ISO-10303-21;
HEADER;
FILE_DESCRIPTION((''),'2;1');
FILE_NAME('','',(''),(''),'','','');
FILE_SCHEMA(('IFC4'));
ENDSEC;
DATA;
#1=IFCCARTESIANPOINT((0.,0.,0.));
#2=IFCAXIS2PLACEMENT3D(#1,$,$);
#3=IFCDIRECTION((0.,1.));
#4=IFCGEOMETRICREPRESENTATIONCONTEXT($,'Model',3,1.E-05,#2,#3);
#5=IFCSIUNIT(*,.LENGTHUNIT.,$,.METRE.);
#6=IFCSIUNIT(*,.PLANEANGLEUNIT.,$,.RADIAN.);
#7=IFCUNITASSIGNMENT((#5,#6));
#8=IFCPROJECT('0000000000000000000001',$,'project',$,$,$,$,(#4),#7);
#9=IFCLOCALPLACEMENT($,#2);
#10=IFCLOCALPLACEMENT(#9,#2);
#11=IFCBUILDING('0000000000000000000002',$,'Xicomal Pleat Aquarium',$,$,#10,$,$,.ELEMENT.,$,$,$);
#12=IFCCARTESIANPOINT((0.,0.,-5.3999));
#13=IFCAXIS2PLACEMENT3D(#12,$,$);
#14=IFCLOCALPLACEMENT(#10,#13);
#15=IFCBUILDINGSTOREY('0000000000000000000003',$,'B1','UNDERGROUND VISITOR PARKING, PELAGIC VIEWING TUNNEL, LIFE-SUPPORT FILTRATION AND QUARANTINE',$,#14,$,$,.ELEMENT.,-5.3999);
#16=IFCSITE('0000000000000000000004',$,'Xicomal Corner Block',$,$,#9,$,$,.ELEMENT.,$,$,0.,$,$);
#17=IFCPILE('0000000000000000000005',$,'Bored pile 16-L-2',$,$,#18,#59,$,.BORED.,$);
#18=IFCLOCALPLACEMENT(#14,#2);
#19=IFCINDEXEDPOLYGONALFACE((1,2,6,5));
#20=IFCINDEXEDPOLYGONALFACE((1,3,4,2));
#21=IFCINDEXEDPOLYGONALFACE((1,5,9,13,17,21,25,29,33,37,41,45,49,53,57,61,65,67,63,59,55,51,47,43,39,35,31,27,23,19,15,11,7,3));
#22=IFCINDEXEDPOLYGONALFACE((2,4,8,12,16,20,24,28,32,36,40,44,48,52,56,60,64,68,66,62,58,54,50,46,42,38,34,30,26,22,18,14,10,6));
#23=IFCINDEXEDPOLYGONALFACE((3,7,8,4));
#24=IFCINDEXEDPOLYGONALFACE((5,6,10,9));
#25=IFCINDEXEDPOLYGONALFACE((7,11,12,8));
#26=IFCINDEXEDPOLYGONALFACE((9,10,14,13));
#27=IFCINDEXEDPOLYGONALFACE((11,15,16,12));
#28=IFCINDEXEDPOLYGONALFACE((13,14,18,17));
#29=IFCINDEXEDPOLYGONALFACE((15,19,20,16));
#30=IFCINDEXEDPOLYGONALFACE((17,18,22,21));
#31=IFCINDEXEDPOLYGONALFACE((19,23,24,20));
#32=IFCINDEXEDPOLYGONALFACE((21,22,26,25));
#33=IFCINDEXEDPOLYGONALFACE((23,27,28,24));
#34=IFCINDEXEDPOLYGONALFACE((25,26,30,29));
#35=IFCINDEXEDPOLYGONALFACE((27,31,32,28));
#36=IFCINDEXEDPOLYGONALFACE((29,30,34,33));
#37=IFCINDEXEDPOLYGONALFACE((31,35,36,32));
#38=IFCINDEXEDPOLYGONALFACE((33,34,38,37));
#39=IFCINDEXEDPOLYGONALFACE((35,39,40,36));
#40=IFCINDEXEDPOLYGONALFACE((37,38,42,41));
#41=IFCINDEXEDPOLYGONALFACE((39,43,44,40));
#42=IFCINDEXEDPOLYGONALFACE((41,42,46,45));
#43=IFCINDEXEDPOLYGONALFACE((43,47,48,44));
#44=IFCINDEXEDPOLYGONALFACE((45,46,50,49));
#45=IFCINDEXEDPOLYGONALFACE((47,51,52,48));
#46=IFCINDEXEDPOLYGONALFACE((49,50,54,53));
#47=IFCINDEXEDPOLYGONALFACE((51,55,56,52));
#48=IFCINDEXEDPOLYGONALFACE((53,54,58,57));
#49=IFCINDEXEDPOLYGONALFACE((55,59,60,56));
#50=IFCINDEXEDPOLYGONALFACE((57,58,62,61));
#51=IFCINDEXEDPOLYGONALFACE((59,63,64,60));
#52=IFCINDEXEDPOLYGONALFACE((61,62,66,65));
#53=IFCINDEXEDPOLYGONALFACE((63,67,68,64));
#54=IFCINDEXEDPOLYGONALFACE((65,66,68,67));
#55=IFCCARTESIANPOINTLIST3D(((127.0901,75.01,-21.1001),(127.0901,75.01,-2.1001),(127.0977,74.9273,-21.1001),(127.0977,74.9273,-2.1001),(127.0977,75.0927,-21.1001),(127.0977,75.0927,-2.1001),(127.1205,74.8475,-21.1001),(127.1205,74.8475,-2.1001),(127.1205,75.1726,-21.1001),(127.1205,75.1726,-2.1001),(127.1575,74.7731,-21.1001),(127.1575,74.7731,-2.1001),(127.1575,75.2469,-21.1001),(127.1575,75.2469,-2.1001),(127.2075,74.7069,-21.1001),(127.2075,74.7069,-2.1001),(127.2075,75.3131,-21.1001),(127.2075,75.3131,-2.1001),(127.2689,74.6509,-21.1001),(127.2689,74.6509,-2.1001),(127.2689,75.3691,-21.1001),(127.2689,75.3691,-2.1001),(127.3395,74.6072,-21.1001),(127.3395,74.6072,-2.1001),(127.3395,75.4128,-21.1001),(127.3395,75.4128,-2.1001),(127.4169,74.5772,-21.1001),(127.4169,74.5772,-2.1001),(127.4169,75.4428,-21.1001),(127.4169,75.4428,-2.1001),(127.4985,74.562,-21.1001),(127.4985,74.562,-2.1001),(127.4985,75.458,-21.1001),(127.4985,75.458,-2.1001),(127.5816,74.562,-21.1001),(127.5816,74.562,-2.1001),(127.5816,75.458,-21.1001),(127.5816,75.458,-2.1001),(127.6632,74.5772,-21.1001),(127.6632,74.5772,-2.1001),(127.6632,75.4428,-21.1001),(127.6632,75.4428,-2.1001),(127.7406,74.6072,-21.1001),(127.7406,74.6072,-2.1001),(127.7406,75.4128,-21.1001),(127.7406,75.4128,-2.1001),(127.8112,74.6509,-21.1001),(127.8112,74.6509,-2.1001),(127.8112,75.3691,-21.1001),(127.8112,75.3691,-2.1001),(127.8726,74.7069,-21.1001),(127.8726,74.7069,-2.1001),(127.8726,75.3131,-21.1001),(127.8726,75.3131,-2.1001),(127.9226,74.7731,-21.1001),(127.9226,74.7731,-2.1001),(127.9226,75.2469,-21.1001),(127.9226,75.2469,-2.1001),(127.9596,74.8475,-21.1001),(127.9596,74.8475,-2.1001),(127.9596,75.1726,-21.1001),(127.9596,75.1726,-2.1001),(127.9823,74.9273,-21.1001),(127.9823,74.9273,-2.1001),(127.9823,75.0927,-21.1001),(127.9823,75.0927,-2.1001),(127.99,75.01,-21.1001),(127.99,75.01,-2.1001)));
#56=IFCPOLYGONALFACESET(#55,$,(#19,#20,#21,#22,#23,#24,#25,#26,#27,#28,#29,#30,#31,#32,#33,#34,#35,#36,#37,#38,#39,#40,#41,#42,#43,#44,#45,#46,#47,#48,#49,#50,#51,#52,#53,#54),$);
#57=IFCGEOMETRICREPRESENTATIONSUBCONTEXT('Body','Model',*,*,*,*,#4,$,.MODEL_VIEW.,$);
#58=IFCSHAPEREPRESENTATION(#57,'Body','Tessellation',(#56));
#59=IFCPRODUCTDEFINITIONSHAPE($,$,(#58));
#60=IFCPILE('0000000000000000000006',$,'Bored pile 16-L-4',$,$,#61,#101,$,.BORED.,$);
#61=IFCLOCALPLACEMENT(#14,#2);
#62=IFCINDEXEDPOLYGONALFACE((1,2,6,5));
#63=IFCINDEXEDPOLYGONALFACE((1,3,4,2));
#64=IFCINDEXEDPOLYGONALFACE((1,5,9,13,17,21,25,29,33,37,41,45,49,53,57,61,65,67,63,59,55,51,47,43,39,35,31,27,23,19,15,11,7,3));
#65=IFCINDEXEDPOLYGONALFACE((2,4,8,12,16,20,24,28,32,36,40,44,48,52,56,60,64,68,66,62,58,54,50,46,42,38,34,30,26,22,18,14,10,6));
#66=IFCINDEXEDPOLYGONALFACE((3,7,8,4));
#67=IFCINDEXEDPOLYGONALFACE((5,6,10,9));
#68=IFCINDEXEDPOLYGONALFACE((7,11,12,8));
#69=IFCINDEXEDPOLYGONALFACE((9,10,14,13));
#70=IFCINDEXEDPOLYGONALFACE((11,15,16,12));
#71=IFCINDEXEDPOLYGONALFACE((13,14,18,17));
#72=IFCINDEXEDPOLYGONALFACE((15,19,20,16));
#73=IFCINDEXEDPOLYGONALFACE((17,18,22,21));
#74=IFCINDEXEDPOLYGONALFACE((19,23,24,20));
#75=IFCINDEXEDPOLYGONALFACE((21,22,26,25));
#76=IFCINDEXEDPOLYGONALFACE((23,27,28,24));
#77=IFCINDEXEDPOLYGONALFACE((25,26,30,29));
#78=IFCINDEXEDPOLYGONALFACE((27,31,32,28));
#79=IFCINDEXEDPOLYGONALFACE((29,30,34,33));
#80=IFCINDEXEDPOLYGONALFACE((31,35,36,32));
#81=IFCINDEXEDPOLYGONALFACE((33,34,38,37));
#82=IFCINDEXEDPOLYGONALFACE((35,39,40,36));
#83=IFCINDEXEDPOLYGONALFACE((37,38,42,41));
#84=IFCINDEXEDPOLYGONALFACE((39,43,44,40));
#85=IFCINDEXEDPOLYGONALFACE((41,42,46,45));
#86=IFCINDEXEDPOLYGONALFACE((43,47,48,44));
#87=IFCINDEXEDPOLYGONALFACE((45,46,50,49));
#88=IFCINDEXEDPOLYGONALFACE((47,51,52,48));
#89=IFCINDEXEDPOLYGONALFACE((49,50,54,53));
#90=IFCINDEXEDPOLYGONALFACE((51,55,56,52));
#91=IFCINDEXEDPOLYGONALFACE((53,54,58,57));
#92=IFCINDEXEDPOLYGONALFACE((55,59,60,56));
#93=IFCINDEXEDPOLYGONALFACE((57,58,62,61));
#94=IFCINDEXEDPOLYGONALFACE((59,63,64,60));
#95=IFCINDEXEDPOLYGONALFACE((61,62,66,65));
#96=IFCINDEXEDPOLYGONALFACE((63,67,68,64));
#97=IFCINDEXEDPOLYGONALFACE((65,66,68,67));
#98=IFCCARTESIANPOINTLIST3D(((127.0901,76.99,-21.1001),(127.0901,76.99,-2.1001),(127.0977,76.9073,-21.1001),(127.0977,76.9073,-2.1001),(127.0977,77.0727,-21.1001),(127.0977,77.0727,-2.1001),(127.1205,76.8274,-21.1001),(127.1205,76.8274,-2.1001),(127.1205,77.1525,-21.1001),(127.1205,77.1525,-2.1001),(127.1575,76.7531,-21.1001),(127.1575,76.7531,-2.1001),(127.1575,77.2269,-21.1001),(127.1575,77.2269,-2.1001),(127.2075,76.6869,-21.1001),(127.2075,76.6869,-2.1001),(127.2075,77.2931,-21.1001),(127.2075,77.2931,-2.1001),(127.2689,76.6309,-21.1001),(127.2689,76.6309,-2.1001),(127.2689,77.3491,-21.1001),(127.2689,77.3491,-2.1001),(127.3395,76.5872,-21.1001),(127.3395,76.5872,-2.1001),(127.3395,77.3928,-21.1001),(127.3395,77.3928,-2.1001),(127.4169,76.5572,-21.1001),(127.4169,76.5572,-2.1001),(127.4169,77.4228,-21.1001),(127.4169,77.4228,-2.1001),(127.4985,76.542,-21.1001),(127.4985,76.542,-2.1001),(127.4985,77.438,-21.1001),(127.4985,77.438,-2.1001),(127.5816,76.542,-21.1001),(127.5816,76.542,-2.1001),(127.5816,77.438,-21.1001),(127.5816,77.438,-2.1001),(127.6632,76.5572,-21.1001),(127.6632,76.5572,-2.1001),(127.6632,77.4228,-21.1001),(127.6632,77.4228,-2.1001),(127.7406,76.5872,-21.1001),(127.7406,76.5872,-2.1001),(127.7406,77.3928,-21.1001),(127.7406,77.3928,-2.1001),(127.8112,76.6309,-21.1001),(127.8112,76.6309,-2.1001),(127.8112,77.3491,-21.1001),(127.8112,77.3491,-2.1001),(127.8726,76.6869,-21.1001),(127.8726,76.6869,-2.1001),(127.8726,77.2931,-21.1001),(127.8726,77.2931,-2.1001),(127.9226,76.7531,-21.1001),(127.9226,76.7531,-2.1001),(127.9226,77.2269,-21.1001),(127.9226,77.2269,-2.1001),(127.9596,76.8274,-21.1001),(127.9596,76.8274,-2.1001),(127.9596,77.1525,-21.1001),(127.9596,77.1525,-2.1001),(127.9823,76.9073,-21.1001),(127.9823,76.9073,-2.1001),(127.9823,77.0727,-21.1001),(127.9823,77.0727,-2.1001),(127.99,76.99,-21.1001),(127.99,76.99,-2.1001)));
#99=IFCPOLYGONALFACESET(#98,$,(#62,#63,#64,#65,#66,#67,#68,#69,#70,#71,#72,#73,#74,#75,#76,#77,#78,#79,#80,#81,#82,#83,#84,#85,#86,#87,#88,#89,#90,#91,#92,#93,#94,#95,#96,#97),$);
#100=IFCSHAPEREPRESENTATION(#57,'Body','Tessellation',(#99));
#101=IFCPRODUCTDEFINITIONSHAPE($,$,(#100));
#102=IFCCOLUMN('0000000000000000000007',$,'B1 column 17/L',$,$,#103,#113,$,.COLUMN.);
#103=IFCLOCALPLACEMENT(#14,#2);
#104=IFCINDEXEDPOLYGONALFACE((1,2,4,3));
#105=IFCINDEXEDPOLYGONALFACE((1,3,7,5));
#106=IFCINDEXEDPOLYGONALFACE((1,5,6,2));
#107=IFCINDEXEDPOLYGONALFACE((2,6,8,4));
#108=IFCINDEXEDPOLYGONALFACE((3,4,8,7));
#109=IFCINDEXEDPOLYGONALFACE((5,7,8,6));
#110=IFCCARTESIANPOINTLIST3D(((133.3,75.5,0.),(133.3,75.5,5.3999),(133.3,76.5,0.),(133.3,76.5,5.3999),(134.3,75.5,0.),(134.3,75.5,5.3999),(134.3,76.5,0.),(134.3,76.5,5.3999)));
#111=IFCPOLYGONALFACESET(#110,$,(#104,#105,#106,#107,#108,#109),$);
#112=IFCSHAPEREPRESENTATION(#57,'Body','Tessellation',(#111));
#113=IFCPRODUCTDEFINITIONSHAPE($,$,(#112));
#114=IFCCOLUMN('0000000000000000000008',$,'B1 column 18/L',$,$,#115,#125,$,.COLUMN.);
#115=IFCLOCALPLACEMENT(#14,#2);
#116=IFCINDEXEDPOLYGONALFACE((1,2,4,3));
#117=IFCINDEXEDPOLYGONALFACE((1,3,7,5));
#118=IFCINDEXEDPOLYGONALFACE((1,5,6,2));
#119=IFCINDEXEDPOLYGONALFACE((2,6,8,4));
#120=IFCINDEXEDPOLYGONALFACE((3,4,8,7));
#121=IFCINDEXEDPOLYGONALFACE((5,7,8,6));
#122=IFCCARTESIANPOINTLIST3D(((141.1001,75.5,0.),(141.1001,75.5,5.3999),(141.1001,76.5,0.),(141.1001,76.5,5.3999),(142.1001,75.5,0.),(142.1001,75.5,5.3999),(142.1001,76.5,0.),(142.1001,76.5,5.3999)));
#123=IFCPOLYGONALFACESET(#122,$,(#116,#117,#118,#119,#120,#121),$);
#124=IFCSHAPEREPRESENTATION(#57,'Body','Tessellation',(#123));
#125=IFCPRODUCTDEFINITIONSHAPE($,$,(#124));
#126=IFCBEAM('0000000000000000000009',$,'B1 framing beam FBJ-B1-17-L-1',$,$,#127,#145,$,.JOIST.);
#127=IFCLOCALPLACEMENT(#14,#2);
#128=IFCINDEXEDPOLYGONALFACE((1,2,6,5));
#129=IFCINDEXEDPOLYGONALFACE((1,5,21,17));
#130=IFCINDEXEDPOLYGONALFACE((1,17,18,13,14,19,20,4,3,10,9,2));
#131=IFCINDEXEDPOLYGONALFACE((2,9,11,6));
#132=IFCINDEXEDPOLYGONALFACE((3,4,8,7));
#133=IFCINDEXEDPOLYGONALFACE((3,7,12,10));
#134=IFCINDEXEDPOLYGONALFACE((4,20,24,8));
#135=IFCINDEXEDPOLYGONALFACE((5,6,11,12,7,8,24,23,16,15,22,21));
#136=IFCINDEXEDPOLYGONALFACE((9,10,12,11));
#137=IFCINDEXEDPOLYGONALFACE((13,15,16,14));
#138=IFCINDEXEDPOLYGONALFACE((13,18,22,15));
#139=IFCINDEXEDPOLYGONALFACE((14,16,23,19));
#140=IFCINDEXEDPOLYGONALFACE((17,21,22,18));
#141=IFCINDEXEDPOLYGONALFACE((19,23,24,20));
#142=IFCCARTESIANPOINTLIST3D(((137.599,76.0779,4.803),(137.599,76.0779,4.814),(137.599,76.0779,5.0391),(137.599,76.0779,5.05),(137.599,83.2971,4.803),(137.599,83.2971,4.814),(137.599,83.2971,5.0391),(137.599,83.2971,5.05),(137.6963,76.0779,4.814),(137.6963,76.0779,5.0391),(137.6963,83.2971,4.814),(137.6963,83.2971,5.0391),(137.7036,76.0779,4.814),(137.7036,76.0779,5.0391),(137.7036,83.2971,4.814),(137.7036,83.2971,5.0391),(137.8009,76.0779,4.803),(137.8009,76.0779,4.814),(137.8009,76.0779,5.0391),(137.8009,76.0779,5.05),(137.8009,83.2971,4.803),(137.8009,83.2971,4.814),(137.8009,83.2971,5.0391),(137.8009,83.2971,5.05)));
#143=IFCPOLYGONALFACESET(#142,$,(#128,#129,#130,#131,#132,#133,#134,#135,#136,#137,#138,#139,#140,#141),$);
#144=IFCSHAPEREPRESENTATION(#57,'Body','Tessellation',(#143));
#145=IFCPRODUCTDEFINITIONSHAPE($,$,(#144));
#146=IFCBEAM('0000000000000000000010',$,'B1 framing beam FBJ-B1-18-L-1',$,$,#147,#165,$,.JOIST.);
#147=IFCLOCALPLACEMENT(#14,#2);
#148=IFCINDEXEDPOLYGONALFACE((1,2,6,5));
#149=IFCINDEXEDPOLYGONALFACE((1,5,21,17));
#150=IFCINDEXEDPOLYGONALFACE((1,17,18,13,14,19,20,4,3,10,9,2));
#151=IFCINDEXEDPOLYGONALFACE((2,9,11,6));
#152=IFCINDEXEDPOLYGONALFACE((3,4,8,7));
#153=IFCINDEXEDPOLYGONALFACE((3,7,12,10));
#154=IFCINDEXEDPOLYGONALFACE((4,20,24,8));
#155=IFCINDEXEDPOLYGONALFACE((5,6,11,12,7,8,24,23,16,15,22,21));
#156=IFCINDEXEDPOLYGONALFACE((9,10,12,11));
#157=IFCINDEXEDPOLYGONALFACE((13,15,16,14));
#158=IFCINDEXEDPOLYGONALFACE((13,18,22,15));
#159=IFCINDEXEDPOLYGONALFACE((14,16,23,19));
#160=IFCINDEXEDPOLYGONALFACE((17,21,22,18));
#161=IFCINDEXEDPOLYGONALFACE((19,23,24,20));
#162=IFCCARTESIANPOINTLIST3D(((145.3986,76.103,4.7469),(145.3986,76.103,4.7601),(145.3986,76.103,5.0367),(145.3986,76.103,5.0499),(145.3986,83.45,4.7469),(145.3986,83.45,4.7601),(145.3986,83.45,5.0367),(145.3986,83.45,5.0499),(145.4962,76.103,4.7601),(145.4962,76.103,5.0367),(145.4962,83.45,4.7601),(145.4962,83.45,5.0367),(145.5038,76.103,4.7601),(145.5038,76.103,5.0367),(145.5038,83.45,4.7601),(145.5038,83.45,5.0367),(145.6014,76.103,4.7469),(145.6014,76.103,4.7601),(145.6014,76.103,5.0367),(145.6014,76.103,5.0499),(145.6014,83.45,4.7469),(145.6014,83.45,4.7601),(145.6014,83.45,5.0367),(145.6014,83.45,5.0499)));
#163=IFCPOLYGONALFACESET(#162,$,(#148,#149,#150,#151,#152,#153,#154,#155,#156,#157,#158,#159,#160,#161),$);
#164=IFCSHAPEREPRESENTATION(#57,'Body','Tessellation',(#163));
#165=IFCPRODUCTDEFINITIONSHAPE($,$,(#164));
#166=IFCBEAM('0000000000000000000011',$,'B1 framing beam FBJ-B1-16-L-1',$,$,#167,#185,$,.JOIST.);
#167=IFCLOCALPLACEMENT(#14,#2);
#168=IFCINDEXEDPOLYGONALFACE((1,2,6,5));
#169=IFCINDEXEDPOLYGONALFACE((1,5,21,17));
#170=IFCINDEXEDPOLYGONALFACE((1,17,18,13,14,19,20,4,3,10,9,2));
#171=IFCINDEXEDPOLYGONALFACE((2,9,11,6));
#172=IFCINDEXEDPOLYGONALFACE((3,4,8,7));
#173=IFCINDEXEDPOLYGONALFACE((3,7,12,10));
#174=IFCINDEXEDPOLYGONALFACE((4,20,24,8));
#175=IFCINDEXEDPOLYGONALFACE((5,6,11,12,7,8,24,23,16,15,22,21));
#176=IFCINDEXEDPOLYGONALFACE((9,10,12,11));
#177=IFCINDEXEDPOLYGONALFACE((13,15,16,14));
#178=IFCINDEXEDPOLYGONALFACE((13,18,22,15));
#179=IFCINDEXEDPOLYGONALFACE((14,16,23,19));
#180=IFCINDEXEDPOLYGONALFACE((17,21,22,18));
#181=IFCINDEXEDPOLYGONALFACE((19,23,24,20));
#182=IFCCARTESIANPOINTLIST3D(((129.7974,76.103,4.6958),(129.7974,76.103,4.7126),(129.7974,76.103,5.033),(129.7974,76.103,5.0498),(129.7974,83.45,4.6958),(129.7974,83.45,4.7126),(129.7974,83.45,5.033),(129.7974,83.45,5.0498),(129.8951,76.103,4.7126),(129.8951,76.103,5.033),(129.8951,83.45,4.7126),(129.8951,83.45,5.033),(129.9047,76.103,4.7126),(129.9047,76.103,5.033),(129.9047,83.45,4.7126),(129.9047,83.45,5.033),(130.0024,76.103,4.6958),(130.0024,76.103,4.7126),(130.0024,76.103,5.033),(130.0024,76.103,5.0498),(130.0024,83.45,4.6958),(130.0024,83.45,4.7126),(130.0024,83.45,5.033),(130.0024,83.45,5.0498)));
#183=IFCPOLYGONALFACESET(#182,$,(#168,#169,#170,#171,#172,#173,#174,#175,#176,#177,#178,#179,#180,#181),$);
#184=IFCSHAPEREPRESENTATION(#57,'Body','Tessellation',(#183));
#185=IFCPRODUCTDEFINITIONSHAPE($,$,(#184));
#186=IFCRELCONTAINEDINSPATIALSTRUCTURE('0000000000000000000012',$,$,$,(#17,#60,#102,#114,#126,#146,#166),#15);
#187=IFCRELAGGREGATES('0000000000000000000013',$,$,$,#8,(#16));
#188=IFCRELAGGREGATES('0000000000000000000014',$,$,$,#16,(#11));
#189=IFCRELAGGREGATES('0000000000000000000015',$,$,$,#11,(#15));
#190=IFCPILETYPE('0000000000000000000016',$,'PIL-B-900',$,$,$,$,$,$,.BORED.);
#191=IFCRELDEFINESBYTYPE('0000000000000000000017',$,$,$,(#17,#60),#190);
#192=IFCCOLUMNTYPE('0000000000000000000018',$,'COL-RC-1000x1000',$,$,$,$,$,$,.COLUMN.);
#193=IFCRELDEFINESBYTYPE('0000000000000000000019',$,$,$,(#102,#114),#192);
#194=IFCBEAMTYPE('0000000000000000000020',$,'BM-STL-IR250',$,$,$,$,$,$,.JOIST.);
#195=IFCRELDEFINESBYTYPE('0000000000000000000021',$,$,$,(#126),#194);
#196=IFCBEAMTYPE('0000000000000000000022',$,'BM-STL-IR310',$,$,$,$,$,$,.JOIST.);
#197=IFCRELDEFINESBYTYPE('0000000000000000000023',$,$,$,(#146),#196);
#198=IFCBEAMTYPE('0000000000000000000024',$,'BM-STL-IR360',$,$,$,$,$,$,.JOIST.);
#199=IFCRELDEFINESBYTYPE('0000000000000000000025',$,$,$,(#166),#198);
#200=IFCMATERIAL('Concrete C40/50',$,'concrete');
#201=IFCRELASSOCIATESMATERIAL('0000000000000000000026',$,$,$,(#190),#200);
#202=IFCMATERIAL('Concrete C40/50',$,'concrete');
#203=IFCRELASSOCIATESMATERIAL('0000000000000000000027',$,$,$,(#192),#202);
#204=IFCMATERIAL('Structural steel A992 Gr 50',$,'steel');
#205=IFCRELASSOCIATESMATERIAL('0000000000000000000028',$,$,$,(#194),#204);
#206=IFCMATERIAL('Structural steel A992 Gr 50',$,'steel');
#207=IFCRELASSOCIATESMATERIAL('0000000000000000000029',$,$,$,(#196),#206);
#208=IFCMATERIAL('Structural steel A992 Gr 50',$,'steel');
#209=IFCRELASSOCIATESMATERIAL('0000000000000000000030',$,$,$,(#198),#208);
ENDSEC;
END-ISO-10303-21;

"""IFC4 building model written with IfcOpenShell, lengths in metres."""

from ifc_helpers import new_model, si_unit, direction, frame, origin, origin_2d, place, context, subcontext, project, spatial, rectangle, circle, i_section, extrude, material, material_profile, profile_set, type_object, element, save


model = new_model("IFC4")

# Units and contexts
model_context = context("Model", 3, precision=1e-05, world=origin(), true_north=direction((0.0, 1.0)))
body_context = subcontext(model_context, "Body", "Model", "MODEL_VIEW")
ifc_project = project(units=[si_unit("LENGTHUNIT", "METRE"), si_unit("PLANEANGLEUNIT", "RADIAN")], contexts=[model_context])

# Site, building, storey
site_placement = place(None, origin())
site = spatial("IfcSite", under=ifc_project, at=site_placement, Name="Xicomal Corner Block", CompositionType="ELEMENT", RefElevation=0.0)
building_placement = place(site_placement, origin())
building = spatial("IfcBuilding", under=site, at=building_placement, Name="Xicomal Pleat Aquarium", CompositionType="ELEMENT")
storey_placement = place(building_placement, frame((0.0, 0.0, -5.3999)))
storey = spatial("IfcBuildingStorey", under=building, at=storey_placement, Name="B1", Description="UNDERGROUND VISITOR PARKING, PELAGIC VIEWING TUNNEL, LIFE-SUPPORT FILTRATION AND QUARANTINE", CompositionType="ELEMENT", Elevation=-5.3999)

# Piles
ifc_material_1 = material(Name="Concrete C40/50", Category="concrete")
ifc_material_profile_1 = material_profile(ifc_material_1, circle(Radius=0.45, at=origin_2d()), Name="BORED PILE D900")
ifc_profile_set_1 = profile_set([ifc_material_profile_1], Name="Concrete C40/50")
pile_type_1 = type_object("IfcPileType", Name="PIL-B-900", PredefinedType="BORED", material=ifc_profile_set_1)
for number, where, z_axis, x_axis, name in (
    (1, (127.54, 75.01, -2.1001), (0.0, 0.0, -1.0), (1.0, 0.0, 0.0), "Bored pile 16-L-2"),
    (2, (127.54, 76.99, -2.1001), (0.0, 0.0, -1.0), (1.0, 0.0, 0.0), "Bored pile 16-L-4"),
):
    element("IfcPile", number, at=place(storey_placement, frame(where, z_axis=z_axis, x_axis=x_axis)), inside=storey, type_object=pile_type_1, Name=name, PredefinedType="BORED", context=body_context, shape_type="SweptSolid", body=[
        extrude(circle(Radius=0.45, at=origin_2d()), origin(), (0.0, 0.0, 1.0), 19.0),
    ])

# Columns
ifc_material_2 = material(Name="Concrete C40/50", Category="concrete")
ifc_material_profile_2 = material_profile(ifc_material_2, rectangle(XDim=1.0, YDim=1.0, at=origin_2d()), Name="RC 1000x1000")
ifc_profile_set_2 = profile_set([ifc_material_profile_2], Name="Concrete C40/50")
column_type = type_object("IfcColumnType", Name="COL-RC-1000x1000", PredefinedType="COLUMN", material=ifc_profile_set_2)
for number, where, z_axis, x_axis, name in (
    (3, (133.8, 76.0, 0.0), (0.0, 0.0, 1.0), (1.0, 0.0, 0.0), "B1 column 17/L"),
    (4, (141.6001, 76.0, 0.0), (0.0, 0.0, 1.0), (1.0, 0.0, 0.0), "B1 column 18/L"),
):
    element("IfcColumn", number, at=place(storey_placement, frame(where, z_axis=z_axis, x_axis=x_axis)), inside=storey, type_object=column_type, Name=name, PredefinedType="COLUMN", context=body_context, shape_type="SweptSolid", body=[
        extrude(rectangle(XDim=1.0, YDim=1.0, at=origin_2d()), origin(), (0.0, 0.0, 1.0), 5.3999),
    ])

# Beams
ifc_material_3 = material(Name="Structural steel A992 Gr 50", Category="steel")
ifc_material_profile_3 = material_profile(ifc_material_3, i_section(OverallWidth=0.2019, OverallDepth=0.2471, WebThickness=0.0073, FlangeThickness=0.011, at=origin_2d()), Name="IR 250x49")
ifc_profile_set_3 = profile_set([ifc_material_profile_3], Name="Structural steel A992 Gr 50")
beam_type_1 = type_object("IfcBeamType", Name="BM-STL-IR250", PredefinedType="JOIST", material=ifc_profile_set_3)
beam_1_placement = place(storey_placement, frame((137.7, 76.0779, 4.9265), z_axis=(0.0, 1.0, 0.0), x_axis=(-1.0, 0.0, 0.0)))
element("IfcBeam", 5, at=beam_1_placement, inside=storey, type_object=beam_type_1, Name="B1 framing beam FBJ-B1-17-L-1", PredefinedType="JOIST", context=body_context, shape_type="SweptSolid", body=[
    extrude(i_section(OverallWidth=0.2019, OverallDepth=0.2471, WebThickness=0.0073, FlangeThickness=0.011, at=origin_2d()), origin(), (0.0, 0.0, 1.0), 7.2192),
])
ifc_material_4 = material(Name="Structural steel A992 Gr 50", Category="steel")
ifc_material_profile_4 = material_profile(ifc_material_4, i_section(OverallWidth=0.2029, OverallDepth=0.303, WebThickness=0.0076, FlangeThickness=0.0132, at=origin_2d()), Name="IR 310x60")
ifc_profile_set_4 = profile_set([ifc_material_profile_4], Name="Structural steel A992 Gr 50")
beam_type_2 = type_object("IfcBeamType", Name="BM-STL-IR310", PredefinedType="JOIST", material=ifc_profile_set_4)
beam_2_placement = place(storey_placement, frame((145.5, 76.103, 4.8984), z_axis=(0.0, 1.0, 0.0), x_axis=(-1.0, 0.0, 0.0)))
element("IfcBeam", 6, at=beam_2_placement, inside=storey, type_object=beam_type_2, Name="B1 framing beam FBJ-B1-18-L-1", PredefinedType="JOIST", context=body_context, shape_type="SweptSolid", body=[
    extrude(i_section(OverallWidth=0.2029, OverallDepth=0.303, WebThickness=0.0076, FlangeThickness=0.0132, at=origin_2d()), origin(), (0.0, 0.0, 1.0), 7.3469),
])
ifc_material_5 = material(Name="Structural steel A992 Gr 50", Category="steel")
ifc_material_profile_5 = material_profile(ifc_material_5, i_section(OverallWidth=0.2051, OverallDepth=0.354, WebThickness=0.0095, FlangeThickness=0.0168, at=origin_2d()), Name="IR 360x79")
ifc_profile_set_5 = profile_set([ifc_material_profile_5], Name="Structural steel A992 Gr 50")
beam_type_3 = type_object("IfcBeamType", Name="BM-STL-IR360", PredefinedType="JOIST", material=ifc_profile_set_5)
beam_3_placement = place(storey_placement, frame((129.8999, 76.103, 4.8728), z_axis=(0.0, 1.0, 0.0), x_axis=(-1.0, 0.0, 0.0)))
element("IfcBeam", 7, at=beam_3_placement, inside=storey, type_object=beam_type_3, Name="B1 framing beam FBJ-B1-16-L-1", PredefinedType="JOIST", context=body_context, shape_type="SweptSolid", body=[
    extrude(i_section(OverallWidth=0.2051, OverallDepth=0.354, WebThickness=0.0095, FlangeThickness=0.0168, at=origin_2d()), origin(), (0.0, 0.0, 1.0), 7.3469),
])

save(model, "model.ifc")
